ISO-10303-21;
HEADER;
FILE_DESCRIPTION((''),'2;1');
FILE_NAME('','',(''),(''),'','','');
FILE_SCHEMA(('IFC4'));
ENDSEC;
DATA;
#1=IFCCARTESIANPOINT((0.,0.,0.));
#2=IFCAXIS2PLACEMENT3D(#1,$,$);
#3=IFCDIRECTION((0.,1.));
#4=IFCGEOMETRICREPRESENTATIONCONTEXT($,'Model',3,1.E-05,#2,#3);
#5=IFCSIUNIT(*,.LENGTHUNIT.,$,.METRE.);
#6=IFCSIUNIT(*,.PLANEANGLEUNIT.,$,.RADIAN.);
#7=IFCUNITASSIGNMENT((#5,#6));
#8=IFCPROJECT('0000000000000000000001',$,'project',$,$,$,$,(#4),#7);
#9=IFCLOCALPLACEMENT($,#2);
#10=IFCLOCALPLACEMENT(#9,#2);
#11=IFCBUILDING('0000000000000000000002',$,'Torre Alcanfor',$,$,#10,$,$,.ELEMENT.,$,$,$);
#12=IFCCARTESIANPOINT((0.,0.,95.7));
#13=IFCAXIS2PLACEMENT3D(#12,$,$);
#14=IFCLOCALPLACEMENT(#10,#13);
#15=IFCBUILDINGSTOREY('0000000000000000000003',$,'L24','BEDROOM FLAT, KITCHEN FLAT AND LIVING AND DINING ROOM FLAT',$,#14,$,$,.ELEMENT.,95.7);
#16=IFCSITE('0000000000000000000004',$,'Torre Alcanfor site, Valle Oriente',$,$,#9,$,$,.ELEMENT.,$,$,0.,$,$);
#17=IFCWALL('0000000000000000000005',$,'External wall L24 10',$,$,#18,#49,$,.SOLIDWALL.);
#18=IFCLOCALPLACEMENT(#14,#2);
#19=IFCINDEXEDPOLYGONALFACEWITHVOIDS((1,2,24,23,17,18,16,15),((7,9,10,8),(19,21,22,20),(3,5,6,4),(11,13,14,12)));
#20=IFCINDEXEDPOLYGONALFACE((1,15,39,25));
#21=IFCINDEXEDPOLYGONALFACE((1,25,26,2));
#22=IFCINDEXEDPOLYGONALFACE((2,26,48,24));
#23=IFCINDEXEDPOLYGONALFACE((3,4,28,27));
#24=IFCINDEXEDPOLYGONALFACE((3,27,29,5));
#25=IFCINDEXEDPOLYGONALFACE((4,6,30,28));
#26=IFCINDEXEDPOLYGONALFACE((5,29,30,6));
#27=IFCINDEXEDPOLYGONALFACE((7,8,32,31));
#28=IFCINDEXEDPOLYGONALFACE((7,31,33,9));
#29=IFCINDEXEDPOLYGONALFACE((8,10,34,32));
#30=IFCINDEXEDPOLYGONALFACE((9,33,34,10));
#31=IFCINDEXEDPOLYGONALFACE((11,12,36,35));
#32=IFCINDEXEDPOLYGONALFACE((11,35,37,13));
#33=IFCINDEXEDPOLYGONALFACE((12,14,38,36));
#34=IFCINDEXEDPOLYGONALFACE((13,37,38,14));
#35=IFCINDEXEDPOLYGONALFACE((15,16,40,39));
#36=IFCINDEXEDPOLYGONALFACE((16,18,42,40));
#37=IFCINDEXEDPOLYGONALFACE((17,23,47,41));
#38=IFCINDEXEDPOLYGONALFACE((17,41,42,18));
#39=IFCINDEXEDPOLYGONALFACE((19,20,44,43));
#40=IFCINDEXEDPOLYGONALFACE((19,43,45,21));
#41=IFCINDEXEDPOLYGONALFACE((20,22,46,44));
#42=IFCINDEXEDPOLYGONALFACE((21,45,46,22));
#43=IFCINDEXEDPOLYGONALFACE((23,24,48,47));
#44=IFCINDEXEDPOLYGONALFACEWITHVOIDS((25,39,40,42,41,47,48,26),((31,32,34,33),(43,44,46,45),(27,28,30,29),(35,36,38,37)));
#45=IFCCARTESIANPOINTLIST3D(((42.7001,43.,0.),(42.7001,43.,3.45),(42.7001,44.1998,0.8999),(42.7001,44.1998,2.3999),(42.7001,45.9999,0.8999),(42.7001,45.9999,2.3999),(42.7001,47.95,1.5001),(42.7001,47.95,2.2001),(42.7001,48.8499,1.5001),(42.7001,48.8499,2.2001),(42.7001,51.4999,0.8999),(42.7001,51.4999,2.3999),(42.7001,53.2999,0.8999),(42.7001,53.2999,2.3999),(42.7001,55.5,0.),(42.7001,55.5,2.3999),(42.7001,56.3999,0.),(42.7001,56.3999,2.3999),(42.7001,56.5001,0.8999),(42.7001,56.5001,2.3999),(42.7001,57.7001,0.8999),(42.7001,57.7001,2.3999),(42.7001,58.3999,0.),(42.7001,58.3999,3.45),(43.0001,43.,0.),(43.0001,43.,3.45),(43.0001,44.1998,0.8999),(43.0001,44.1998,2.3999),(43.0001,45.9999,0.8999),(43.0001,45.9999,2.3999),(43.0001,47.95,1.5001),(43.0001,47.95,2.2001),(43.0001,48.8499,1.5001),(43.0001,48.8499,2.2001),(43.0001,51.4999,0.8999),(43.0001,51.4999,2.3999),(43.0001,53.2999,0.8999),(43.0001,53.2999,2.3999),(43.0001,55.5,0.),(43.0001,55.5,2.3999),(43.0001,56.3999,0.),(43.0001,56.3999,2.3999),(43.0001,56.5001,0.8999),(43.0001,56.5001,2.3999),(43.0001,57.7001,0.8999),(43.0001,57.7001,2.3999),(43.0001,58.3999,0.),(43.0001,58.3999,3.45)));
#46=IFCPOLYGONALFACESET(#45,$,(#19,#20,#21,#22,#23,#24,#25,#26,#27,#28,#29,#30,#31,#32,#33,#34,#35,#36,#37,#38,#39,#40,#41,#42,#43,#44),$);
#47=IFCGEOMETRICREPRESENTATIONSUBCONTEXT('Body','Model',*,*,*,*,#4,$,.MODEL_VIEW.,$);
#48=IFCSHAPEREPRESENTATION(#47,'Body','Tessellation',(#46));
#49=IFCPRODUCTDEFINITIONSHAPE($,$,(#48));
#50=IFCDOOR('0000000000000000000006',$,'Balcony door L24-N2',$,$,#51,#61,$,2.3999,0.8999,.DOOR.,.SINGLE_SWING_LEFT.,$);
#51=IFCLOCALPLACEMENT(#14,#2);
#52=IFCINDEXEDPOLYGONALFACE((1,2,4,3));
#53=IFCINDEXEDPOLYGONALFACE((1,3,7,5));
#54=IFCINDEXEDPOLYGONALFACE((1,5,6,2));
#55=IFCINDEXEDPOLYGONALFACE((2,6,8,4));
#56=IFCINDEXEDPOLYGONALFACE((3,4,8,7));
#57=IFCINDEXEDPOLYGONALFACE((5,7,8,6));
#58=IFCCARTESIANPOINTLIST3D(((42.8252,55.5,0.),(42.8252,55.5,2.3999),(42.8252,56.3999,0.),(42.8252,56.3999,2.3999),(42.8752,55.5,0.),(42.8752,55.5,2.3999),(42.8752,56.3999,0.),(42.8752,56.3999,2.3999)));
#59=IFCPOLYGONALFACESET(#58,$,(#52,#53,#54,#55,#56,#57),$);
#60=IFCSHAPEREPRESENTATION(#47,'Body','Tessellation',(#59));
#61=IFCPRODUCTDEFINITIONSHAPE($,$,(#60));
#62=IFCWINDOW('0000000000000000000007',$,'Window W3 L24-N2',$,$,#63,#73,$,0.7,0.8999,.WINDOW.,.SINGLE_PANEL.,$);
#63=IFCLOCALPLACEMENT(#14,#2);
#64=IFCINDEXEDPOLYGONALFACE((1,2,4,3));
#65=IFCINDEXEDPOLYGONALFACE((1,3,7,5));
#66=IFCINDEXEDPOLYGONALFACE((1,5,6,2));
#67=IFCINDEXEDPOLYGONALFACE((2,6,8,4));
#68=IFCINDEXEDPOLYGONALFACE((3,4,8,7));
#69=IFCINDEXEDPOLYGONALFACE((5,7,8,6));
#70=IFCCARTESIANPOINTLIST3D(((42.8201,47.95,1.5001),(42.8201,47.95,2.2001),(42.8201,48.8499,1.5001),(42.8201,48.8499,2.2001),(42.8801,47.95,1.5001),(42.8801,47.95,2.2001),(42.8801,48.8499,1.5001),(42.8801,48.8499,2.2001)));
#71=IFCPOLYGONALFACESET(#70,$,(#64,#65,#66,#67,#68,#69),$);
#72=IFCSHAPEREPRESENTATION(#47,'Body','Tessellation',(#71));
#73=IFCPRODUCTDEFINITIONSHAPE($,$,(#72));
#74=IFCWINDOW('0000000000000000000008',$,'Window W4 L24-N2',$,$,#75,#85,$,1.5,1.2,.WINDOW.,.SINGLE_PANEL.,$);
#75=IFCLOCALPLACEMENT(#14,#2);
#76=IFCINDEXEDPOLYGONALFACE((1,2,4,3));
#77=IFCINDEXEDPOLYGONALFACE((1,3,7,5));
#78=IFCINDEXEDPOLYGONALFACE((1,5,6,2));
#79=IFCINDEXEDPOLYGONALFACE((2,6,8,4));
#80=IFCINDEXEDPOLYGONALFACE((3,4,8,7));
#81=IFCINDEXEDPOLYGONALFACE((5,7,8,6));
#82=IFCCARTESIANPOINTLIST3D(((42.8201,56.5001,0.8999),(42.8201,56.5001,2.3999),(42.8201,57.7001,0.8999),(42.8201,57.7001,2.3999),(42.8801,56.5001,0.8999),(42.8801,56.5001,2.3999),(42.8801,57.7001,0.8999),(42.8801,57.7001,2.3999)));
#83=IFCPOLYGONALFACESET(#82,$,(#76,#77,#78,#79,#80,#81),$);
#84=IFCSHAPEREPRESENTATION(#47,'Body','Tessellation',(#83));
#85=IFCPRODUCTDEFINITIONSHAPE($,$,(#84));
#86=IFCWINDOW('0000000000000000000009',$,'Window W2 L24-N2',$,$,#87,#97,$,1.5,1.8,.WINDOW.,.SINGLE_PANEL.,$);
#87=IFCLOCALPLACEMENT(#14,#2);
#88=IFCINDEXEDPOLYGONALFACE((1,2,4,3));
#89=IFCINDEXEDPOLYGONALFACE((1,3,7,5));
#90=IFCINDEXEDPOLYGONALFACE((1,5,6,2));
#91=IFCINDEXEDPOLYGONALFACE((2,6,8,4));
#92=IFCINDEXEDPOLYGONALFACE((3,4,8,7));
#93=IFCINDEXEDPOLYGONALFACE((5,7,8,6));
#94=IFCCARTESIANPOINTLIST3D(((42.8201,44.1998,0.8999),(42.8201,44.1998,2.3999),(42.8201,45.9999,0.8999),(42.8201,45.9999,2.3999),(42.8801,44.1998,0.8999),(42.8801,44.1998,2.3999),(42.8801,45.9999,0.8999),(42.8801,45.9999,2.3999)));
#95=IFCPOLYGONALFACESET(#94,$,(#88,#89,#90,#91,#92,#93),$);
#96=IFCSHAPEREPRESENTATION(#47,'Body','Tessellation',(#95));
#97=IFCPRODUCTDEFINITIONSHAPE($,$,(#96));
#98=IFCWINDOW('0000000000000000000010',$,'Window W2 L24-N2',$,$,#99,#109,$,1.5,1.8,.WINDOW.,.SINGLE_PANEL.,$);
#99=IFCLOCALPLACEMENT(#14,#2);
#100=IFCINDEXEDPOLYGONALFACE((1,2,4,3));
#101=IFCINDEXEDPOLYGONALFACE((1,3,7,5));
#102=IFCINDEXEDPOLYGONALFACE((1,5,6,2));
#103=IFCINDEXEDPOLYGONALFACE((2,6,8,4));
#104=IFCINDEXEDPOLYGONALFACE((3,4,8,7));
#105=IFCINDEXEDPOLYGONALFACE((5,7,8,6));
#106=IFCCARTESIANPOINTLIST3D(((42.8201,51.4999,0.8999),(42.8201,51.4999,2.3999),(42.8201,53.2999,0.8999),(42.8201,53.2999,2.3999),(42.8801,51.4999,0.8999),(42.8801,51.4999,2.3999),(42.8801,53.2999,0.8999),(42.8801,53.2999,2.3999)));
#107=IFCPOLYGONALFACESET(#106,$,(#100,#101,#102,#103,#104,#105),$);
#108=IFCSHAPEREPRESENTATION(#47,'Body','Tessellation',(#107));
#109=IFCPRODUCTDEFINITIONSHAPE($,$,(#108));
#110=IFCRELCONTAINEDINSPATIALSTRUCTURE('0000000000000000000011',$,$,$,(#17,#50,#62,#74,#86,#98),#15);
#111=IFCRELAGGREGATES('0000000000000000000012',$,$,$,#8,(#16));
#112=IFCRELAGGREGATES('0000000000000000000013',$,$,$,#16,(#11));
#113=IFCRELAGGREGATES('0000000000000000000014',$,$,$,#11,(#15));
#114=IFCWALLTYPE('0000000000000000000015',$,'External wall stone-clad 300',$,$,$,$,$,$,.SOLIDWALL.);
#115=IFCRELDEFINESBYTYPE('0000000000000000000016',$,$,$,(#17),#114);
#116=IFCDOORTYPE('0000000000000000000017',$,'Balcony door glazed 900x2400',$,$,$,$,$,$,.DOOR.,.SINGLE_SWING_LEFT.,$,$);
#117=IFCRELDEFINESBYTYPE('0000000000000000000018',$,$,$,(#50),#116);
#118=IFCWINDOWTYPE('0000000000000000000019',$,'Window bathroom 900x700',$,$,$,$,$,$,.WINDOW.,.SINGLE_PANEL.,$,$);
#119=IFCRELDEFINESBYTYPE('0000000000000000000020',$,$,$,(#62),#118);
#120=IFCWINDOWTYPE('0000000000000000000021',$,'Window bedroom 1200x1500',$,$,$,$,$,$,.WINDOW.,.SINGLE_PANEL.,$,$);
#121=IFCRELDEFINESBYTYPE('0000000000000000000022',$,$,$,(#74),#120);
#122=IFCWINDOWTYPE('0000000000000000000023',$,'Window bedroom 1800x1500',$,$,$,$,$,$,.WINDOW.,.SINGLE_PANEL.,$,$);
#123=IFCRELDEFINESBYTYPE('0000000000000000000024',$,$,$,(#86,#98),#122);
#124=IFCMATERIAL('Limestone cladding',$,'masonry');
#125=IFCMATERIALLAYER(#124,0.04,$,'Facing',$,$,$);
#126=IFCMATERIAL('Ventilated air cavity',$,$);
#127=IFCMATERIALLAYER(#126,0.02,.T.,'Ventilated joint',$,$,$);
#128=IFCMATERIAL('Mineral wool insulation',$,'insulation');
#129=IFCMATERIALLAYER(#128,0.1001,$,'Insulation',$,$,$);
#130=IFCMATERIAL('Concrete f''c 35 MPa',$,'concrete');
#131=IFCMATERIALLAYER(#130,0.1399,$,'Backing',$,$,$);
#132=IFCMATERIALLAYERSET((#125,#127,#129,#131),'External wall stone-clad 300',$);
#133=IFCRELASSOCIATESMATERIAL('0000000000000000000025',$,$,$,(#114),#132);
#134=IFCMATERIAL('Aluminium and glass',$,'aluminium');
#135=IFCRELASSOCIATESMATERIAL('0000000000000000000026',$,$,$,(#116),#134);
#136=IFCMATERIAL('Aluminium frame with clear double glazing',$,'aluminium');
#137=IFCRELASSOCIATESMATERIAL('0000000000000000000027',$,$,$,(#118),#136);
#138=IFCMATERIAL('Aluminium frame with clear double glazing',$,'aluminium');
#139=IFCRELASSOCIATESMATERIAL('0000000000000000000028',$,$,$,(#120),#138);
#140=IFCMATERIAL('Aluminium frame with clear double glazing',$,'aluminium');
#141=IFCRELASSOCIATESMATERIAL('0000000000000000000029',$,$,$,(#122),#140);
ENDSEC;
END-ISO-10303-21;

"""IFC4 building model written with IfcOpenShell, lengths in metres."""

from ifc_helpers import new_model, si_unit, direction, frame, frame_2d, origin, place, context, subcontext, project, spatial, rectangle, extrude, material, layer, layer_set, type_object, element, fill, save


model = new_model("IFC4")

# Units and contexts
model_context = context("Model", 3, precision=1e-05, world=origin(), true_north=direction((0.0, 1.0)))
body_context = subcontext(model_context, "Body", "Model", "MODEL_VIEW")
ifc_project = project(units=[si_unit("LENGTHUNIT", "METRE"), si_unit("PLANEANGLEUNIT", "RADIAN")], contexts=[model_context])

# Site, building, storey
site_placement = place(None, origin())
site = spatial("IfcSite", under=ifc_project, at=site_placement, Name="Torre Alcanfor site, Valle Oriente", CompositionType="ELEMENT", RefElevation=0.0)
building_placement = place(site_placement, origin())
building = spatial("IfcBuilding", under=site, at=building_placement, Name="Torre Alcanfor", CompositionType="ELEMENT")
storey_placement = place(building_placement, frame((0.0, 0.0, 95.7)))
storey = spatial("IfcBuildingStorey", under=building, at=storey_placement, Name="L24", Description="BEDROOM FLAT, KITCHEN FLAT AND LIVING AND DINING ROOM FLAT", CompositionType="ELEMENT", Elevation=95.7)

# Wall, openings, door, windows
ifc_material_1 = material(Name="Limestone cladding", Category="masonry")
ifc_layer_1 = layer(ifc_material_1, 0.04, Name="Facing")
ifc_material_2 = material(Name="Ventilated air cavity")
ifc_layer_2 = layer(ifc_material_2, 0.02, ventilated=True, Name="Ventilated joint")
ifc_material_3 = material(Name="Mineral wool insulation", Category="insulation")
ifc_layer_3 = layer(ifc_material_3, 0.1001, Name="Insulation")
ifc_material_4 = material(Name="Concrete f'c 35 MPa", Category="concrete")
ifc_layer_4 = layer(ifc_material_4, 0.1399, Name="Backing")
ifc_layer_set_1 = layer_set([ifc_layer_1, ifc_layer_2, ifc_layer_3, ifc_layer_4], Name="External wall stone-clad 300")
wall_type_1 = type_object("IfcWallType", Name="External wall stone-clad 300", PredefinedType="SOLIDWALL", material=ifc_layer_set_1)
ifc_material_5 = material(Name="Aluminium and glass", Category="aluminium")
door_type = type_object("IfcDoorType", Name="Balcony door glazed 900x2400", OperationType="SINGLE_SWING_LEFT", PredefinedType="DOOR", material=ifc_material_5)
ifc_material_6 = material(Name="Aluminium frame with clear double glazing", Category="aluminium")
window_type_1 = type_object("IfcWindowType", Name="Window bathroom 900x700", PartitioningType="SINGLE_PANEL", PredefinedType="WINDOW", material=ifc_material_6)
ifc_material_7 = material(Name="Aluminium frame with clear double glazing", Category="aluminium")
window_type_2 = type_object("IfcWindowType", Name="Window bedroom 1200x1500", PartitioningType="SINGLE_PANEL", PredefinedType="WINDOW", material=ifc_material_7)
ifc_material_8 = material(Name="Aluminium frame with clear double glazing", Category="aluminium")
window_type_3 = type_object("IfcWindowType", Name="Window bedroom 1800x1500", PartitioningType="SINGLE_PANEL", PredefinedType="WINDOW", material=ifc_material_8)
wall_1_placement = place(storey_placement, frame((42.8501, 43.0, 0.0), z_axis=(0.0, 0.0, 1.0), x_axis=(0.0, 1.0, 0.0)))
wall_1 = element("IfcWall", 1, at=wall_1_placement, inside=storey, type_object=wall_type_1, Name="External wall L24 10", PredefinedType="SOLIDWALL", context=body_context, shape_type="SweptSolid", body=[
    extrude(rectangle(XDim=15.3999, YDim=0.3, at=frame_2d((7.7, 0.0))), origin(), (0.0, 0.0, 1.0), 3.45),
])
opening_1_placement = place(wall_1_placement, frame((1.2, 0.0, 0.8999)))
opening_1 = element("IfcOpeningElement", 2, at=opening_1_placement, cuts=wall_1, PredefinedType="OPENING", context=body_context, shape_type="SweptSolid", body=[
    extrude(rectangle(XDim=1.8, YDim=1.5, at=frame_2d((0.8999, 0.75))), frame((0.0, 0.1599, 0.0), z_axis=(0.0, -1.0, 0.0), x_axis=(1.0, 0.0, 0.0)), (0.0, 0.0, 1.0), 0.3201),
])
opening_2_placement = place(wall_1_placement, frame((4.95, 0.0, 1.5)))
opening_2 = element("IfcOpeningElement", 3, at=opening_2_placement, cuts=wall_1, PredefinedType="OPENING", context=body_context, shape_type="SweptSolid", body=[
    extrude(rectangle(XDim=0.8999, YDim=0.7, at=frame_2d((0.45, 0.3501))), frame((0.0, 0.1599, 0.0), z_axis=(0.0, -1.0, 0.0), x_axis=(1.0, 0.0, 0.0)), (0.0, 0.0, 1.0), 0.3201),
])
opening_3_placement = place(wall_1_placement, frame((8.5, 0.0, 0.8999)))
opening_3 = element("IfcOpeningElement", 4, at=opening_3_placement, cuts=wall_1, PredefinedType="OPENING", context=body_context, shape_type="SweptSolid", body=[
    extrude(rectangle(XDim=1.8, YDim=1.5, at=frame_2d((0.8999, 0.75))), frame((0.0, 0.1599, 0.0), z_axis=(0.0, -1.0, 0.0), x_axis=(1.0, 0.0, 0.0)), (0.0, 0.0, 1.0), 0.3201),
])
opening_4_placement = place(wall_1_placement, frame((12.5, 0.0, 0.0)))
opening_4 = element("IfcOpeningElement", 5, at=opening_4_placement, cuts=wall_1, PredefinedType="OPENING", context=body_context, shape_type="SweptSolid", body=[
    extrude(rectangle(XDim=0.8999, YDim=2.3999, at=frame_2d((0.45, 1.2))), frame((0.0, 0.1599, 0.0), z_axis=(0.0, -1.0, 0.0), x_axis=(1.0, 0.0, 0.0)), (0.0, 0.0, 1.0), 0.3201),
])
opening_5_placement = place(wall_1_placement, frame((13.5, 0.0, 0.8999)))
opening_5 = element("IfcOpeningElement", 6, at=opening_5_placement, cuts=wall_1, PredefinedType="OPENING", context=body_context, shape_type="SweptSolid", body=[
    extrude(rectangle(XDim=1.2, YDim=1.5, at=frame_2d((0.6001, 0.75))), frame((0.0, 0.1599, 0.0), z_axis=(0.0, -1.0, 0.0), x_axis=(1.0, 0.0, 0.0)), (0.0, 0.0, 1.0), 0.3201),
])
door_1_placement = place(opening_4_placement, origin())
door_1 = element("IfcDoor", 7, at=door_1_placement, inside=storey, type_object=door_type, Name="Balcony door L24-N2", OperationType="SINGLE_SWING_LEFT", OverallHeight=2.3999, OverallWidth=0.8999, PredefinedType="DOOR", context=body_context, shape_type="SweptSolid", body=[
    extrude(rectangle(XDim=0.8999, YDim=2.3999, at=frame_2d((0.45, 1.2))), frame((0.0, 0.0249, 0.0), z_axis=(0.0, -1.0, 0.0), x_axis=(1.0, 0.0, 0.0)), (0.0, 0.0, 1.0), 0.05),
])
fill(opening_4, door_1)
window_1_placement = place(opening_2_placement, origin())
window_1 = element("IfcWindow", 8, at=window_1_placement, inside=storey, type_object=window_type_1, Name="Window W3 L24-N2", OverallHeight=0.7, OverallWidth=0.8999, PartitioningType="SINGLE_PANEL", PredefinedType="WINDOW", context=body_context, shape_type="SweptSolid", body=[
    extrude(rectangle(XDim=0.8999, YDim=0.7, at=frame_2d((0.45, 0.3501))), frame((0.0, 0.03, 0.0), z_axis=(0.0, -1.0, 0.0), x_axis=(1.0, 0.0, 0.0)), (0.0, 0.0, 1.0), 0.0601),
])
fill(opening_2, window_1)
window_2_placement = place(opening_5_placement, origin())
window_2 = element("IfcWindow", 9, at=window_2_placement, inside=storey, type_object=window_type_2, Name="Window W4 L24-N2", OverallHeight=1.5, OverallWidth=1.2, PartitioningType="SINGLE_PANEL", PredefinedType="WINDOW", context=body_context, shape_type="SweptSolid", body=[
    extrude(rectangle(XDim=1.2, YDim=1.5, at=frame_2d((0.6001, 0.75))), frame((0.0, 0.03, 0.0), z_axis=(0.0, -1.0, 0.0), x_axis=(1.0, 0.0, 0.0)), (0.0, 0.0, 1.0), 0.0601),
])
fill(opening_5, window_2)
window_3_placement = place(opening_1_placement, origin())
window_3 = element("IfcWindow", 10, at=window_3_placement, inside=storey, type_object=window_type_3, Name="Window W2 L24-N2", OverallHeight=1.5, OverallWidth=1.8, PartitioningType="SINGLE_PANEL", PredefinedType="WINDOW", context=body_context, shape_type="SweptSolid", body=[
    extrude(rectangle(XDim=1.8, YDim=1.5, at=frame_2d((0.8999, 0.75))), frame((0.0, 0.03, 0.0), z_axis=(0.0, -1.0, 0.0), x_axis=(1.0, 0.0, 0.0)), (0.0, 0.0, 1.0), 0.0601),
])
fill(opening_1, window_3)
window_4_placement = place(opening_3_placement, origin())
window_4 = element("IfcWindow", 11, at=window_4_placement, inside=storey, type_object=window_type_3, Name="Window W2 L24-N2", OverallHeight=1.5, OverallWidth=1.8, PartitioningType="SINGLE_PANEL", PredefinedType="WINDOW", context=body_context, shape_type="SweptSolid", body=[
    extrude(rectangle(XDim=1.8, YDim=1.5, at=frame_2d((0.8999, 0.75))), frame((0.0, 0.03, 0.0), z_axis=(0.0, -1.0, 0.0), x_axis=(1.0, 0.0, 0.0)), (0.0, 0.0, 1.0), 0.0601),
])
fill(opening_3, window_4)

save(model, "model.ifc")
